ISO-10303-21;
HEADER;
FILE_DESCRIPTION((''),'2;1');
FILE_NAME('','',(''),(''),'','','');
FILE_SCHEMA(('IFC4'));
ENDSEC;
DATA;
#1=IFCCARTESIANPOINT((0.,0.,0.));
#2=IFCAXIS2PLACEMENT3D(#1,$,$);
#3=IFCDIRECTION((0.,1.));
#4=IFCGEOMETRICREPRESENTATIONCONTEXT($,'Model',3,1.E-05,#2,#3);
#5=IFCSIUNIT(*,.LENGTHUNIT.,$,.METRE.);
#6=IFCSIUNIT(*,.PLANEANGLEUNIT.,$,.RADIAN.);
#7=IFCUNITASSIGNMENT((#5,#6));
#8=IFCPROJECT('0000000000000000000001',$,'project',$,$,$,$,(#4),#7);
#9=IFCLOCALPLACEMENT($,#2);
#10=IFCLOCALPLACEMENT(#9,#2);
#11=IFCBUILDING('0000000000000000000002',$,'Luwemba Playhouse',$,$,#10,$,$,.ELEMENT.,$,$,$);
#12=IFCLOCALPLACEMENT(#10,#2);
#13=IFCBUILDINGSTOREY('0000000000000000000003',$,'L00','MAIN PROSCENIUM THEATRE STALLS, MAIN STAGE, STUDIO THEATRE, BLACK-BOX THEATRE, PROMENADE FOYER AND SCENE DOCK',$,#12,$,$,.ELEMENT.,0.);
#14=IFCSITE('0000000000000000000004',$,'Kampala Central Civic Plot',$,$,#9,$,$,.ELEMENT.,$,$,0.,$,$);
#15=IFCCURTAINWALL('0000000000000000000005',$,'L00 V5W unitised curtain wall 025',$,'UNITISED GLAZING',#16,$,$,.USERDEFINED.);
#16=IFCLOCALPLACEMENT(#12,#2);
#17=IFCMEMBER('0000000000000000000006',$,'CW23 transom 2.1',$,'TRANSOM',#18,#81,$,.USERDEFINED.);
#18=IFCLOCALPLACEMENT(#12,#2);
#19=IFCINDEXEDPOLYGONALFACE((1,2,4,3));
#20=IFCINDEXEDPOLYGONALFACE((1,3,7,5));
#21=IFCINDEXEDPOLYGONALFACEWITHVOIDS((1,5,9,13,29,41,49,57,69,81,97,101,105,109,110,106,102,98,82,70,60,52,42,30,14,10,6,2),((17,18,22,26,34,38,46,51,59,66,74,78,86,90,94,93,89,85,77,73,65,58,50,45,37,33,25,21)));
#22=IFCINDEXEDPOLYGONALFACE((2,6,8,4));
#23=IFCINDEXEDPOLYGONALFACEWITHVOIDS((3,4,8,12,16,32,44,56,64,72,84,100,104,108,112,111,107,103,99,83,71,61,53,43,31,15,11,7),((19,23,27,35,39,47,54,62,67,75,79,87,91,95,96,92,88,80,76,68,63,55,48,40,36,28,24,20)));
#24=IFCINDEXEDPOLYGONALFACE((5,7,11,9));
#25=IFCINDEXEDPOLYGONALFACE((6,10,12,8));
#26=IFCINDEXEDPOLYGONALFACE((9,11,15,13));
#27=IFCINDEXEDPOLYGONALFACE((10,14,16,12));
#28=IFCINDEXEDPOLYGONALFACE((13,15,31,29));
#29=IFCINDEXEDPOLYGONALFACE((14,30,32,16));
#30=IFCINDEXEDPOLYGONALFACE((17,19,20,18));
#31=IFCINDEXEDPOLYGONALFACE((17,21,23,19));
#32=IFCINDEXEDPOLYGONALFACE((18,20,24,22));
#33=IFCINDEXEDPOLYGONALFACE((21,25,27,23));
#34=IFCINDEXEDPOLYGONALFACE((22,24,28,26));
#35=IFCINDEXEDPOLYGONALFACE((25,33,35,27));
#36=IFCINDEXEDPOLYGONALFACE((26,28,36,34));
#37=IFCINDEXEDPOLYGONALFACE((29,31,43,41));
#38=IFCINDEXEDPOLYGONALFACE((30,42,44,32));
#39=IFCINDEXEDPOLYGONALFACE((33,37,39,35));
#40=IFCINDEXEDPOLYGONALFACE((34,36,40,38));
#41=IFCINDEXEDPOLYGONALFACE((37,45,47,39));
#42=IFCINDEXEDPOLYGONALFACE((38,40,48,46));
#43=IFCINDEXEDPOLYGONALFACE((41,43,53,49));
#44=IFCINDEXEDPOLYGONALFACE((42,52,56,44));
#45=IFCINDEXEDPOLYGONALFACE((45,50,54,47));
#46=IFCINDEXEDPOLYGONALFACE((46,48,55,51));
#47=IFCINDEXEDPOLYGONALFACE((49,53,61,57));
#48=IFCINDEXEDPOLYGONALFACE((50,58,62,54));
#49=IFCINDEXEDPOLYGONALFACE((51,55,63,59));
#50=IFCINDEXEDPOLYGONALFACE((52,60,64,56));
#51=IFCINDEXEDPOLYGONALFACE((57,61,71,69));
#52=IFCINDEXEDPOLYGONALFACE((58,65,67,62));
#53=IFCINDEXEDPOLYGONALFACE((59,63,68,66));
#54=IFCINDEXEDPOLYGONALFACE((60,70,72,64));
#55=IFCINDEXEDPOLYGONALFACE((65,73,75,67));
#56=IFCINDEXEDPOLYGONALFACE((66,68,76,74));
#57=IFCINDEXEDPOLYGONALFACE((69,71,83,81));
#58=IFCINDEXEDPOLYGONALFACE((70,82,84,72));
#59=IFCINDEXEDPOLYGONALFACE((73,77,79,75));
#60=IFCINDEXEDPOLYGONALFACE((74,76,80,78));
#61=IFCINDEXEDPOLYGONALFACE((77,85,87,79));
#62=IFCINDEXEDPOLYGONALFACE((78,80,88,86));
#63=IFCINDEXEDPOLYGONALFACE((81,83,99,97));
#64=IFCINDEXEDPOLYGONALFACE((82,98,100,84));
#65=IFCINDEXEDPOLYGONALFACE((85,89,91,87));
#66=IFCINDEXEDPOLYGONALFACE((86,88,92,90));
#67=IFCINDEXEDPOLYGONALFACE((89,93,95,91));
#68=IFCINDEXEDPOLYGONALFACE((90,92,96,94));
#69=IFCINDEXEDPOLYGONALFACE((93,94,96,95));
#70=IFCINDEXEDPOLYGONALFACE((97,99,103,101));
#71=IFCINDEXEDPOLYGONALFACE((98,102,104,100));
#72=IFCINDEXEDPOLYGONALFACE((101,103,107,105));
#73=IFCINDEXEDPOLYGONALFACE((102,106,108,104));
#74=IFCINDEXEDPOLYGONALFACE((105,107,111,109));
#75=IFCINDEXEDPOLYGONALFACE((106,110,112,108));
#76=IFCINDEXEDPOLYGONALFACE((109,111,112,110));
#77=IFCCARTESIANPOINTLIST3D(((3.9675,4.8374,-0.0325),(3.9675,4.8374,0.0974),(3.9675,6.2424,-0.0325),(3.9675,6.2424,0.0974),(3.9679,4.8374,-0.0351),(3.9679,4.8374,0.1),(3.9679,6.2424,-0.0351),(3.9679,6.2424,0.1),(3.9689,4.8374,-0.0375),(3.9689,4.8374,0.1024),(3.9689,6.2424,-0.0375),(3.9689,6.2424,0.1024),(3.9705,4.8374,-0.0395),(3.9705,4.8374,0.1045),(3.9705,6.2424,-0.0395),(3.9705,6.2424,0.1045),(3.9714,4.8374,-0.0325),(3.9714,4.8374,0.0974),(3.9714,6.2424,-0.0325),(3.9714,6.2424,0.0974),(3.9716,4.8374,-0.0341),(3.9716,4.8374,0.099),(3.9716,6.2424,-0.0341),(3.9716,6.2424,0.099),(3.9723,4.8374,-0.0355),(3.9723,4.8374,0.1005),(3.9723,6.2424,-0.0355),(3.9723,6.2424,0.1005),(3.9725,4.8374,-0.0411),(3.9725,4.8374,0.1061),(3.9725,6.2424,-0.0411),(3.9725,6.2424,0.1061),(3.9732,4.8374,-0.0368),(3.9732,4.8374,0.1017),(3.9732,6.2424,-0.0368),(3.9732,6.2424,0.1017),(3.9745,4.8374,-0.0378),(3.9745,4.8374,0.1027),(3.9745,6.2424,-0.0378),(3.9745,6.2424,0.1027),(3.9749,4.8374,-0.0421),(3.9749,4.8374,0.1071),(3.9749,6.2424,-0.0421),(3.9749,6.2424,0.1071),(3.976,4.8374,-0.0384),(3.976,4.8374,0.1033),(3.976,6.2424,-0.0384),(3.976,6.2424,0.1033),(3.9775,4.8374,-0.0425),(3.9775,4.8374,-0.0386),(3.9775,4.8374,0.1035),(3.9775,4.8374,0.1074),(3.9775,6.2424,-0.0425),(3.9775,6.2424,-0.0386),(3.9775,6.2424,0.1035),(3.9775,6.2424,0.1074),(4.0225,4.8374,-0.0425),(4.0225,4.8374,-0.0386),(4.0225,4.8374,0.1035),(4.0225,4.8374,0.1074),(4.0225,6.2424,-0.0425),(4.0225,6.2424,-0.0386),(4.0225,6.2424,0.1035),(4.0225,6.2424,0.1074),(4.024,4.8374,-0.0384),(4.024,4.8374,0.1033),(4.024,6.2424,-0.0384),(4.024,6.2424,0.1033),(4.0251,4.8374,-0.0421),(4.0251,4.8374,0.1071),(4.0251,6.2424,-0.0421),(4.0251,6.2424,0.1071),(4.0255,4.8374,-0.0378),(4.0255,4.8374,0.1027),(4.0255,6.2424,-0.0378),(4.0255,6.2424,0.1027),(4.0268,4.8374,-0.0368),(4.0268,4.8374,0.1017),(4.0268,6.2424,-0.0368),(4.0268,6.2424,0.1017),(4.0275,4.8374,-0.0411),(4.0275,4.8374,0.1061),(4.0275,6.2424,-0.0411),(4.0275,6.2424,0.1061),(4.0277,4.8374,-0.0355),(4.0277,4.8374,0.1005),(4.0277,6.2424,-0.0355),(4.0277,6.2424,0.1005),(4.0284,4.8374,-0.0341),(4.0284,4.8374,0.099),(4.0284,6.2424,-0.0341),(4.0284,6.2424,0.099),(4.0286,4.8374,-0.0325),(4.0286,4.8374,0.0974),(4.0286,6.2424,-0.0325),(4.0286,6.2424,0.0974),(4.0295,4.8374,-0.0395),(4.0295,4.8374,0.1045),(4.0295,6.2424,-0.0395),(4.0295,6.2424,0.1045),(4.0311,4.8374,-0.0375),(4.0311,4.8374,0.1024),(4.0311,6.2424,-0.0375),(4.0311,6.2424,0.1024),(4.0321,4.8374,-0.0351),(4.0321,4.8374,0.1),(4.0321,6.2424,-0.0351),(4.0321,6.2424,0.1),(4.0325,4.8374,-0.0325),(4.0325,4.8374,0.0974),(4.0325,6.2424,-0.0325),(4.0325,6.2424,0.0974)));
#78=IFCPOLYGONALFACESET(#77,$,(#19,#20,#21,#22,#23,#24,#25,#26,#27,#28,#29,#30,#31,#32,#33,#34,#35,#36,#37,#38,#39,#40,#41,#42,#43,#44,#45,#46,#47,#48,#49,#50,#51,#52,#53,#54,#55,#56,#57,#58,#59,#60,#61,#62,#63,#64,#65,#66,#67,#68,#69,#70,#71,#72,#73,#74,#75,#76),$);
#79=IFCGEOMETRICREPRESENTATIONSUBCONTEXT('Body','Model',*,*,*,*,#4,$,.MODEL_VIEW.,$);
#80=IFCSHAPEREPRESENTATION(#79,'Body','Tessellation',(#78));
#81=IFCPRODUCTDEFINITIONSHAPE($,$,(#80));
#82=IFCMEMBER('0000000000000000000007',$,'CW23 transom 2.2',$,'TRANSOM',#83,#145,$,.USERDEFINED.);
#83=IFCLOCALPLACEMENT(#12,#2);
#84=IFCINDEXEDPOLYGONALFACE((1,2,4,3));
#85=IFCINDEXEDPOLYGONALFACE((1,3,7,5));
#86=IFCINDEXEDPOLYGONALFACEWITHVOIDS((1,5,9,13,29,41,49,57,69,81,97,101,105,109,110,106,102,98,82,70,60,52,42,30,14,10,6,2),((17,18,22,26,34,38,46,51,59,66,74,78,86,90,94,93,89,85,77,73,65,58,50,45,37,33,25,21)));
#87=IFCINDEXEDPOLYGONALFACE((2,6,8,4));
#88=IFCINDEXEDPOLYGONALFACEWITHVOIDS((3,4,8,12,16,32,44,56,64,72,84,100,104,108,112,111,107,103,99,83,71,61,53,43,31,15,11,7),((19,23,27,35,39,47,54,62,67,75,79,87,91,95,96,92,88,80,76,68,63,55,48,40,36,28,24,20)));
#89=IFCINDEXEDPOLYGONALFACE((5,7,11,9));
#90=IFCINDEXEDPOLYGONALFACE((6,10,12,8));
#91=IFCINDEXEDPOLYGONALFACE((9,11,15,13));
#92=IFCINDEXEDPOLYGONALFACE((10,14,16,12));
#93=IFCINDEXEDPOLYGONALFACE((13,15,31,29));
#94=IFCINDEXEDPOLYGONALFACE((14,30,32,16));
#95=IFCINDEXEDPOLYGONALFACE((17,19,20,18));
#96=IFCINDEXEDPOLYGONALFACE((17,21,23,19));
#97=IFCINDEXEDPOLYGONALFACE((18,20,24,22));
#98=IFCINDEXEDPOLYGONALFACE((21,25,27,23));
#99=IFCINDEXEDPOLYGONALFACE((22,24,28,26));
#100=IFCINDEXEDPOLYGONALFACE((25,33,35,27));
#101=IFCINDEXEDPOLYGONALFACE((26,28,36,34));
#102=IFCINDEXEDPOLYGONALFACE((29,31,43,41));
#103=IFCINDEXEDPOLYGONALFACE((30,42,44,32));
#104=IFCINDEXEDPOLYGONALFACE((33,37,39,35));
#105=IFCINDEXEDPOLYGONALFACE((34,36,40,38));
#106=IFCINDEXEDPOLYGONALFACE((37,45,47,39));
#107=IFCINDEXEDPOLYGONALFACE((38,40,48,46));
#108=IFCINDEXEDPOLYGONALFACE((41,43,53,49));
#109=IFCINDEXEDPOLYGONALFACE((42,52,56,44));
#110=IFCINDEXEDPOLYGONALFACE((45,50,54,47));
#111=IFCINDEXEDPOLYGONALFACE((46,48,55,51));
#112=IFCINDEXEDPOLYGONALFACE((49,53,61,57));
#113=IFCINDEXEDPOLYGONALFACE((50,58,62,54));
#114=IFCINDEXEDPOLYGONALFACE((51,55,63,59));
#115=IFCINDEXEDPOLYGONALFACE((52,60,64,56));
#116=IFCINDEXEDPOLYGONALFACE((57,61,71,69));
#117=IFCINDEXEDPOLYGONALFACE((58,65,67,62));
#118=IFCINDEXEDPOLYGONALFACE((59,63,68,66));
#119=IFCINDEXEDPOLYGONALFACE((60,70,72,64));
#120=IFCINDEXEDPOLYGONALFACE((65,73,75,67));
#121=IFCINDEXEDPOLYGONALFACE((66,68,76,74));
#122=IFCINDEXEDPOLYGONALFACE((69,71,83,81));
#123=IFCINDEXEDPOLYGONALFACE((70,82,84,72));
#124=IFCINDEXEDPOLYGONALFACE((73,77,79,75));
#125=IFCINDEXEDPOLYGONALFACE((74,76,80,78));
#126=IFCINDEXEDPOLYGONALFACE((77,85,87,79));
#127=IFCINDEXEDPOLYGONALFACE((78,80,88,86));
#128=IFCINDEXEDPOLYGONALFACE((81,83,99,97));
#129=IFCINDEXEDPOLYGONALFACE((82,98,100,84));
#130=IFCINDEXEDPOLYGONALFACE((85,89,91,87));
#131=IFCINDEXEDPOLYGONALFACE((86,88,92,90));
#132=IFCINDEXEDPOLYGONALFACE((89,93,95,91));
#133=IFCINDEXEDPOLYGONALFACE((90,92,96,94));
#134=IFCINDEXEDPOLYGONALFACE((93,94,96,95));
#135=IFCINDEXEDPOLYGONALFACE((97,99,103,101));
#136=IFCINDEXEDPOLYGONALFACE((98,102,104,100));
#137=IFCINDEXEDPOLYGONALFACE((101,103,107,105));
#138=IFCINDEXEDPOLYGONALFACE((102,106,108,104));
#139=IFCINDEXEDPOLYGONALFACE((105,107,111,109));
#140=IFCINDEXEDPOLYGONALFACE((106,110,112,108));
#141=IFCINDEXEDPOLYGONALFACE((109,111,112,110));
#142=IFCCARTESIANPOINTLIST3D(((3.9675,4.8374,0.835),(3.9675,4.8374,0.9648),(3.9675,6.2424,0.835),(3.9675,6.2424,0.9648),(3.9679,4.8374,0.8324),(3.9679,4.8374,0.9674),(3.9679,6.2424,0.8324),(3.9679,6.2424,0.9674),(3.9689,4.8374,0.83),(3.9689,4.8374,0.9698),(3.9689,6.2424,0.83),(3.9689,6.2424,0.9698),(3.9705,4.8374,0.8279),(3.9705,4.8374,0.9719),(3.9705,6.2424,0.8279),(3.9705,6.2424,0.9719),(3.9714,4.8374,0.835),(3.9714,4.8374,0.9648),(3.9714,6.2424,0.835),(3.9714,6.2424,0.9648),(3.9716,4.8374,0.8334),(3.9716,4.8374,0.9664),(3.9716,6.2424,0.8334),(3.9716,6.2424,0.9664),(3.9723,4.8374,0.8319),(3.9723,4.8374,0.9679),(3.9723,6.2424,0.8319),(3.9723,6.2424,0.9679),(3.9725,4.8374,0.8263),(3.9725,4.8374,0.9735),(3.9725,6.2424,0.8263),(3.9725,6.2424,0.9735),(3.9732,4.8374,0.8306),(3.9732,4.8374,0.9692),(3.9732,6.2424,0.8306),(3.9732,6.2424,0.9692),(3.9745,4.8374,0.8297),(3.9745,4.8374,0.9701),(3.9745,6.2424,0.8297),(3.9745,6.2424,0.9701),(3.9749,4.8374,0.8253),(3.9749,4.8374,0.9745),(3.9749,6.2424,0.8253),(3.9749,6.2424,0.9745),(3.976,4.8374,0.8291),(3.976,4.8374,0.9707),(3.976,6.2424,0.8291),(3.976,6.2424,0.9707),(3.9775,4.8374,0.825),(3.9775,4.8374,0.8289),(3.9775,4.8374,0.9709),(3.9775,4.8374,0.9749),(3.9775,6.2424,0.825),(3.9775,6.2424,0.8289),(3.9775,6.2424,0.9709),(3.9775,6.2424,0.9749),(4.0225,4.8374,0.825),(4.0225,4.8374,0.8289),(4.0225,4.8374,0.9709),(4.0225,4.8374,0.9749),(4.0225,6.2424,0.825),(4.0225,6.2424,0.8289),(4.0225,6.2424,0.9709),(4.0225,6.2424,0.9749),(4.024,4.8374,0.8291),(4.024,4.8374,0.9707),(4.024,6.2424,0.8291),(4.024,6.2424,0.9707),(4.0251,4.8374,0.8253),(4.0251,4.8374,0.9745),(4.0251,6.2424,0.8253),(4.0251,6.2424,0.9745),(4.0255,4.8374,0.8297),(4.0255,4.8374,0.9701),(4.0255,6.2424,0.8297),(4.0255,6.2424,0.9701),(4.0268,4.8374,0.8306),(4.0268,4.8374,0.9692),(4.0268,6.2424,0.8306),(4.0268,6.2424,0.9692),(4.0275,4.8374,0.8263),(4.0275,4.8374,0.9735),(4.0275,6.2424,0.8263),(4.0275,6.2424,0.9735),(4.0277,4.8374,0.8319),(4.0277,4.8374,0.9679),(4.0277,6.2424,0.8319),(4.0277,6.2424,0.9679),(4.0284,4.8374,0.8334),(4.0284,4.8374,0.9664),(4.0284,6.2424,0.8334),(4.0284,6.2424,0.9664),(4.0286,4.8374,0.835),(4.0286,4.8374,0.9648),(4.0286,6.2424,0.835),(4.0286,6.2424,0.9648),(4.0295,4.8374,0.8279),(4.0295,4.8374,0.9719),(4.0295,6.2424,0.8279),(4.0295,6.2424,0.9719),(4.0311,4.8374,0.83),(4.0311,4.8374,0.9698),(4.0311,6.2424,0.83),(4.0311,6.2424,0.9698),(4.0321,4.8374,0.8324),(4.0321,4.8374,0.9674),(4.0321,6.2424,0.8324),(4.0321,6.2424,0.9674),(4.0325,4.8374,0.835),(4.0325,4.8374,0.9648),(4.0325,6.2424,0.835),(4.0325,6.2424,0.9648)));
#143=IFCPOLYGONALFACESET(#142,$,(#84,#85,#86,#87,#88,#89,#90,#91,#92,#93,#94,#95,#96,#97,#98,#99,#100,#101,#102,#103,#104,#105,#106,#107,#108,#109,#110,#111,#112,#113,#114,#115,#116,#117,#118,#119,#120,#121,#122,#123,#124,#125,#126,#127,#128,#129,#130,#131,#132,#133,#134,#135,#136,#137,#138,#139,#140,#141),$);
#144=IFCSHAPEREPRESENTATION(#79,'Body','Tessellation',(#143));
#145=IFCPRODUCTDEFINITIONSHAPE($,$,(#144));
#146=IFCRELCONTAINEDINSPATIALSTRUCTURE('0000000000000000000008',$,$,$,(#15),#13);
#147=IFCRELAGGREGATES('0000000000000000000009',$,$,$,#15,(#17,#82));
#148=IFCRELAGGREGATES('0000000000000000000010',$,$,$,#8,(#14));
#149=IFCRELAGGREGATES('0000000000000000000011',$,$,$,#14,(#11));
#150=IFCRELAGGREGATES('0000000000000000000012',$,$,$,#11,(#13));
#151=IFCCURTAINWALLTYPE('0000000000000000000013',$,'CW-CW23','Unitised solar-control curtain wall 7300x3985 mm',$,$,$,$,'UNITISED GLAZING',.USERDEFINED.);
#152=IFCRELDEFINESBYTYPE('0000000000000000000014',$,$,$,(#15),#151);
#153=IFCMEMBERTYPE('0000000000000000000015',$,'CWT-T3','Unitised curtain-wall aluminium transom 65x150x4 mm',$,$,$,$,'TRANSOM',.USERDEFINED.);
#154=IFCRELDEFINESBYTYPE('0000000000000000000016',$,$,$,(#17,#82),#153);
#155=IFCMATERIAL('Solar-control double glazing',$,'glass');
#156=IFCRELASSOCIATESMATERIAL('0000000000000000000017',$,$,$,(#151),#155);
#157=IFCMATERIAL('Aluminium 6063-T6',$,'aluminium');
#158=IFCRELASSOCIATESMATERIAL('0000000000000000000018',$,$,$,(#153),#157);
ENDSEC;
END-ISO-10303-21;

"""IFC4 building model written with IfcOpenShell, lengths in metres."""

from ifc_helpers import new_model, si_unit, direction, frame, origin, origin_2d, place, context, subcontext, project, spatial, hollow_rectangle, extrude, material, material_profile, profile_set, type_object, element, aggregate, save


model = new_model("IFC4")

# Units and contexts
model_context = context("Model", 3, precision=1e-05, world=origin(), true_north=direction((0.0, 1.0)))
body_context = subcontext(model_context, "Body", "Model", "MODEL_VIEW")
ifc_project = project(units=[si_unit("LENGTHUNIT", "METRE"), si_unit("PLANEANGLEUNIT", "RADIAN")], contexts=[model_context])

# Site, building, storey
site_placement = place(None, origin())
site = spatial("IfcSite", under=ifc_project, at=site_placement, Name="Kampala Central Civic Plot", CompositionType="ELEMENT", RefElevation=0.0)
building_placement = place(site_placement, origin())
building = spatial("IfcBuilding", under=site, at=building_placement, Name="Luwemba Playhouse", CompositionType="ELEMENT")
storey_placement = place(building_placement, origin())
storey = spatial("IfcBuildingStorey", under=building, at=storey_placement, Name="L00", Description="MAIN PROSCENIUM THEATRE STALLS, MAIN STAGE, STUDIO THEATRE, BLACK-BOX THEATRE, PROMENADE FOYER AND SCENE DOCK", CompositionType="ELEMENT", Elevation=0.0)

# Curtain wall, members
ifc_material_1 = material(Name="Solar-control double glazing", Category="glass")
curtain_wall_type = type_object("IfcCurtainWallType", Name="CW-CW23", Description="Unitised solar-control curtain wall 7300x3985 mm", ElementType="UNITISED GLAZING", PredefinedType="USERDEFINED", material=ifc_material_1)
curtain_wall_placement = place(storey_placement, origin())
curtain_wall = element("IfcCurtainWall", 1, at=curtain_wall_placement, inside=storey, type_object=curtain_wall_type, Name="L00 V5W unitised curtain wall 025", ObjectType="UNITISED GLAZING", PredefinedType="USERDEFINED")
ifc_material_2 = material(Name="Aluminium 6063-T6", Category="aluminium")
ifc_material_profile_1 = material_profile(ifc_material_2, hollow_rectangle(XDim=0.0649, YDim=0.1499, WallThickness=0.0039, InnerFilletRadius=0.0061, OuterFilletRadius=0.01, at=origin_2d()))
ifc_profile_set_1 = profile_set([ifc_material_profile_1], Name="Aluminium 6063-T6")
member_type_1 = type_object("IfcMemberType", Name="CWT-T3", Description="Unitised curtain-wall aluminium transom 65x150x4 mm", ElementType="TRANSOM", PredefinedType="USERDEFINED", material=ifc_profile_set_1)
member_1_placement = place(storey_placement, frame((4.0, 4.8374, 0.0325), z_axis=(0.0, 1.0, 0.0), x_axis=(-1.0, 0.0, 0.0)))
member_1 = element("IfcMember", 2, at=member_1_placement, type_object=member_type_1, Name="CW23 transom 2.1", ObjectType="TRANSOM", PredefinedType="USERDEFINED", context=body_context, shape_type="SweptSolid", body=[
    extrude(hollow_rectangle(XDim=0.0649, YDim=0.1499, WallThickness=0.0039, InnerFilletRadius=0.0061, OuterFilletRadius=0.01, at=origin_2d()), origin(), (0.0, 0.0, 1.0), 1.405),
])
member_2_placement = place(storey_placement, frame((4.0, 4.8374, 0.8999), z_axis=(0.0, 1.0, 0.0), x_axis=(-1.0, 0.0, 0.0)))
member_2 = element("IfcMember", 3, at=member_2_placement, type_object=member_type_1, Name="CW23 transom 2.2", ObjectType="TRANSOM", PredefinedType="USERDEFINED", context=body_context, shape_type="SweptSolid", body=[
    extrude(hollow_rectangle(XDim=0.0649, YDim=0.1499, WallThickness=0.0039, InnerFilletRadius=0.0061, OuterFilletRadius=0.01, at=origin_2d()), origin(), (0.0, 0.0, 1.0), 1.405),
])
aggregate(curtain_wall, [member_1, member_2])

save(model, "model.ifc")
